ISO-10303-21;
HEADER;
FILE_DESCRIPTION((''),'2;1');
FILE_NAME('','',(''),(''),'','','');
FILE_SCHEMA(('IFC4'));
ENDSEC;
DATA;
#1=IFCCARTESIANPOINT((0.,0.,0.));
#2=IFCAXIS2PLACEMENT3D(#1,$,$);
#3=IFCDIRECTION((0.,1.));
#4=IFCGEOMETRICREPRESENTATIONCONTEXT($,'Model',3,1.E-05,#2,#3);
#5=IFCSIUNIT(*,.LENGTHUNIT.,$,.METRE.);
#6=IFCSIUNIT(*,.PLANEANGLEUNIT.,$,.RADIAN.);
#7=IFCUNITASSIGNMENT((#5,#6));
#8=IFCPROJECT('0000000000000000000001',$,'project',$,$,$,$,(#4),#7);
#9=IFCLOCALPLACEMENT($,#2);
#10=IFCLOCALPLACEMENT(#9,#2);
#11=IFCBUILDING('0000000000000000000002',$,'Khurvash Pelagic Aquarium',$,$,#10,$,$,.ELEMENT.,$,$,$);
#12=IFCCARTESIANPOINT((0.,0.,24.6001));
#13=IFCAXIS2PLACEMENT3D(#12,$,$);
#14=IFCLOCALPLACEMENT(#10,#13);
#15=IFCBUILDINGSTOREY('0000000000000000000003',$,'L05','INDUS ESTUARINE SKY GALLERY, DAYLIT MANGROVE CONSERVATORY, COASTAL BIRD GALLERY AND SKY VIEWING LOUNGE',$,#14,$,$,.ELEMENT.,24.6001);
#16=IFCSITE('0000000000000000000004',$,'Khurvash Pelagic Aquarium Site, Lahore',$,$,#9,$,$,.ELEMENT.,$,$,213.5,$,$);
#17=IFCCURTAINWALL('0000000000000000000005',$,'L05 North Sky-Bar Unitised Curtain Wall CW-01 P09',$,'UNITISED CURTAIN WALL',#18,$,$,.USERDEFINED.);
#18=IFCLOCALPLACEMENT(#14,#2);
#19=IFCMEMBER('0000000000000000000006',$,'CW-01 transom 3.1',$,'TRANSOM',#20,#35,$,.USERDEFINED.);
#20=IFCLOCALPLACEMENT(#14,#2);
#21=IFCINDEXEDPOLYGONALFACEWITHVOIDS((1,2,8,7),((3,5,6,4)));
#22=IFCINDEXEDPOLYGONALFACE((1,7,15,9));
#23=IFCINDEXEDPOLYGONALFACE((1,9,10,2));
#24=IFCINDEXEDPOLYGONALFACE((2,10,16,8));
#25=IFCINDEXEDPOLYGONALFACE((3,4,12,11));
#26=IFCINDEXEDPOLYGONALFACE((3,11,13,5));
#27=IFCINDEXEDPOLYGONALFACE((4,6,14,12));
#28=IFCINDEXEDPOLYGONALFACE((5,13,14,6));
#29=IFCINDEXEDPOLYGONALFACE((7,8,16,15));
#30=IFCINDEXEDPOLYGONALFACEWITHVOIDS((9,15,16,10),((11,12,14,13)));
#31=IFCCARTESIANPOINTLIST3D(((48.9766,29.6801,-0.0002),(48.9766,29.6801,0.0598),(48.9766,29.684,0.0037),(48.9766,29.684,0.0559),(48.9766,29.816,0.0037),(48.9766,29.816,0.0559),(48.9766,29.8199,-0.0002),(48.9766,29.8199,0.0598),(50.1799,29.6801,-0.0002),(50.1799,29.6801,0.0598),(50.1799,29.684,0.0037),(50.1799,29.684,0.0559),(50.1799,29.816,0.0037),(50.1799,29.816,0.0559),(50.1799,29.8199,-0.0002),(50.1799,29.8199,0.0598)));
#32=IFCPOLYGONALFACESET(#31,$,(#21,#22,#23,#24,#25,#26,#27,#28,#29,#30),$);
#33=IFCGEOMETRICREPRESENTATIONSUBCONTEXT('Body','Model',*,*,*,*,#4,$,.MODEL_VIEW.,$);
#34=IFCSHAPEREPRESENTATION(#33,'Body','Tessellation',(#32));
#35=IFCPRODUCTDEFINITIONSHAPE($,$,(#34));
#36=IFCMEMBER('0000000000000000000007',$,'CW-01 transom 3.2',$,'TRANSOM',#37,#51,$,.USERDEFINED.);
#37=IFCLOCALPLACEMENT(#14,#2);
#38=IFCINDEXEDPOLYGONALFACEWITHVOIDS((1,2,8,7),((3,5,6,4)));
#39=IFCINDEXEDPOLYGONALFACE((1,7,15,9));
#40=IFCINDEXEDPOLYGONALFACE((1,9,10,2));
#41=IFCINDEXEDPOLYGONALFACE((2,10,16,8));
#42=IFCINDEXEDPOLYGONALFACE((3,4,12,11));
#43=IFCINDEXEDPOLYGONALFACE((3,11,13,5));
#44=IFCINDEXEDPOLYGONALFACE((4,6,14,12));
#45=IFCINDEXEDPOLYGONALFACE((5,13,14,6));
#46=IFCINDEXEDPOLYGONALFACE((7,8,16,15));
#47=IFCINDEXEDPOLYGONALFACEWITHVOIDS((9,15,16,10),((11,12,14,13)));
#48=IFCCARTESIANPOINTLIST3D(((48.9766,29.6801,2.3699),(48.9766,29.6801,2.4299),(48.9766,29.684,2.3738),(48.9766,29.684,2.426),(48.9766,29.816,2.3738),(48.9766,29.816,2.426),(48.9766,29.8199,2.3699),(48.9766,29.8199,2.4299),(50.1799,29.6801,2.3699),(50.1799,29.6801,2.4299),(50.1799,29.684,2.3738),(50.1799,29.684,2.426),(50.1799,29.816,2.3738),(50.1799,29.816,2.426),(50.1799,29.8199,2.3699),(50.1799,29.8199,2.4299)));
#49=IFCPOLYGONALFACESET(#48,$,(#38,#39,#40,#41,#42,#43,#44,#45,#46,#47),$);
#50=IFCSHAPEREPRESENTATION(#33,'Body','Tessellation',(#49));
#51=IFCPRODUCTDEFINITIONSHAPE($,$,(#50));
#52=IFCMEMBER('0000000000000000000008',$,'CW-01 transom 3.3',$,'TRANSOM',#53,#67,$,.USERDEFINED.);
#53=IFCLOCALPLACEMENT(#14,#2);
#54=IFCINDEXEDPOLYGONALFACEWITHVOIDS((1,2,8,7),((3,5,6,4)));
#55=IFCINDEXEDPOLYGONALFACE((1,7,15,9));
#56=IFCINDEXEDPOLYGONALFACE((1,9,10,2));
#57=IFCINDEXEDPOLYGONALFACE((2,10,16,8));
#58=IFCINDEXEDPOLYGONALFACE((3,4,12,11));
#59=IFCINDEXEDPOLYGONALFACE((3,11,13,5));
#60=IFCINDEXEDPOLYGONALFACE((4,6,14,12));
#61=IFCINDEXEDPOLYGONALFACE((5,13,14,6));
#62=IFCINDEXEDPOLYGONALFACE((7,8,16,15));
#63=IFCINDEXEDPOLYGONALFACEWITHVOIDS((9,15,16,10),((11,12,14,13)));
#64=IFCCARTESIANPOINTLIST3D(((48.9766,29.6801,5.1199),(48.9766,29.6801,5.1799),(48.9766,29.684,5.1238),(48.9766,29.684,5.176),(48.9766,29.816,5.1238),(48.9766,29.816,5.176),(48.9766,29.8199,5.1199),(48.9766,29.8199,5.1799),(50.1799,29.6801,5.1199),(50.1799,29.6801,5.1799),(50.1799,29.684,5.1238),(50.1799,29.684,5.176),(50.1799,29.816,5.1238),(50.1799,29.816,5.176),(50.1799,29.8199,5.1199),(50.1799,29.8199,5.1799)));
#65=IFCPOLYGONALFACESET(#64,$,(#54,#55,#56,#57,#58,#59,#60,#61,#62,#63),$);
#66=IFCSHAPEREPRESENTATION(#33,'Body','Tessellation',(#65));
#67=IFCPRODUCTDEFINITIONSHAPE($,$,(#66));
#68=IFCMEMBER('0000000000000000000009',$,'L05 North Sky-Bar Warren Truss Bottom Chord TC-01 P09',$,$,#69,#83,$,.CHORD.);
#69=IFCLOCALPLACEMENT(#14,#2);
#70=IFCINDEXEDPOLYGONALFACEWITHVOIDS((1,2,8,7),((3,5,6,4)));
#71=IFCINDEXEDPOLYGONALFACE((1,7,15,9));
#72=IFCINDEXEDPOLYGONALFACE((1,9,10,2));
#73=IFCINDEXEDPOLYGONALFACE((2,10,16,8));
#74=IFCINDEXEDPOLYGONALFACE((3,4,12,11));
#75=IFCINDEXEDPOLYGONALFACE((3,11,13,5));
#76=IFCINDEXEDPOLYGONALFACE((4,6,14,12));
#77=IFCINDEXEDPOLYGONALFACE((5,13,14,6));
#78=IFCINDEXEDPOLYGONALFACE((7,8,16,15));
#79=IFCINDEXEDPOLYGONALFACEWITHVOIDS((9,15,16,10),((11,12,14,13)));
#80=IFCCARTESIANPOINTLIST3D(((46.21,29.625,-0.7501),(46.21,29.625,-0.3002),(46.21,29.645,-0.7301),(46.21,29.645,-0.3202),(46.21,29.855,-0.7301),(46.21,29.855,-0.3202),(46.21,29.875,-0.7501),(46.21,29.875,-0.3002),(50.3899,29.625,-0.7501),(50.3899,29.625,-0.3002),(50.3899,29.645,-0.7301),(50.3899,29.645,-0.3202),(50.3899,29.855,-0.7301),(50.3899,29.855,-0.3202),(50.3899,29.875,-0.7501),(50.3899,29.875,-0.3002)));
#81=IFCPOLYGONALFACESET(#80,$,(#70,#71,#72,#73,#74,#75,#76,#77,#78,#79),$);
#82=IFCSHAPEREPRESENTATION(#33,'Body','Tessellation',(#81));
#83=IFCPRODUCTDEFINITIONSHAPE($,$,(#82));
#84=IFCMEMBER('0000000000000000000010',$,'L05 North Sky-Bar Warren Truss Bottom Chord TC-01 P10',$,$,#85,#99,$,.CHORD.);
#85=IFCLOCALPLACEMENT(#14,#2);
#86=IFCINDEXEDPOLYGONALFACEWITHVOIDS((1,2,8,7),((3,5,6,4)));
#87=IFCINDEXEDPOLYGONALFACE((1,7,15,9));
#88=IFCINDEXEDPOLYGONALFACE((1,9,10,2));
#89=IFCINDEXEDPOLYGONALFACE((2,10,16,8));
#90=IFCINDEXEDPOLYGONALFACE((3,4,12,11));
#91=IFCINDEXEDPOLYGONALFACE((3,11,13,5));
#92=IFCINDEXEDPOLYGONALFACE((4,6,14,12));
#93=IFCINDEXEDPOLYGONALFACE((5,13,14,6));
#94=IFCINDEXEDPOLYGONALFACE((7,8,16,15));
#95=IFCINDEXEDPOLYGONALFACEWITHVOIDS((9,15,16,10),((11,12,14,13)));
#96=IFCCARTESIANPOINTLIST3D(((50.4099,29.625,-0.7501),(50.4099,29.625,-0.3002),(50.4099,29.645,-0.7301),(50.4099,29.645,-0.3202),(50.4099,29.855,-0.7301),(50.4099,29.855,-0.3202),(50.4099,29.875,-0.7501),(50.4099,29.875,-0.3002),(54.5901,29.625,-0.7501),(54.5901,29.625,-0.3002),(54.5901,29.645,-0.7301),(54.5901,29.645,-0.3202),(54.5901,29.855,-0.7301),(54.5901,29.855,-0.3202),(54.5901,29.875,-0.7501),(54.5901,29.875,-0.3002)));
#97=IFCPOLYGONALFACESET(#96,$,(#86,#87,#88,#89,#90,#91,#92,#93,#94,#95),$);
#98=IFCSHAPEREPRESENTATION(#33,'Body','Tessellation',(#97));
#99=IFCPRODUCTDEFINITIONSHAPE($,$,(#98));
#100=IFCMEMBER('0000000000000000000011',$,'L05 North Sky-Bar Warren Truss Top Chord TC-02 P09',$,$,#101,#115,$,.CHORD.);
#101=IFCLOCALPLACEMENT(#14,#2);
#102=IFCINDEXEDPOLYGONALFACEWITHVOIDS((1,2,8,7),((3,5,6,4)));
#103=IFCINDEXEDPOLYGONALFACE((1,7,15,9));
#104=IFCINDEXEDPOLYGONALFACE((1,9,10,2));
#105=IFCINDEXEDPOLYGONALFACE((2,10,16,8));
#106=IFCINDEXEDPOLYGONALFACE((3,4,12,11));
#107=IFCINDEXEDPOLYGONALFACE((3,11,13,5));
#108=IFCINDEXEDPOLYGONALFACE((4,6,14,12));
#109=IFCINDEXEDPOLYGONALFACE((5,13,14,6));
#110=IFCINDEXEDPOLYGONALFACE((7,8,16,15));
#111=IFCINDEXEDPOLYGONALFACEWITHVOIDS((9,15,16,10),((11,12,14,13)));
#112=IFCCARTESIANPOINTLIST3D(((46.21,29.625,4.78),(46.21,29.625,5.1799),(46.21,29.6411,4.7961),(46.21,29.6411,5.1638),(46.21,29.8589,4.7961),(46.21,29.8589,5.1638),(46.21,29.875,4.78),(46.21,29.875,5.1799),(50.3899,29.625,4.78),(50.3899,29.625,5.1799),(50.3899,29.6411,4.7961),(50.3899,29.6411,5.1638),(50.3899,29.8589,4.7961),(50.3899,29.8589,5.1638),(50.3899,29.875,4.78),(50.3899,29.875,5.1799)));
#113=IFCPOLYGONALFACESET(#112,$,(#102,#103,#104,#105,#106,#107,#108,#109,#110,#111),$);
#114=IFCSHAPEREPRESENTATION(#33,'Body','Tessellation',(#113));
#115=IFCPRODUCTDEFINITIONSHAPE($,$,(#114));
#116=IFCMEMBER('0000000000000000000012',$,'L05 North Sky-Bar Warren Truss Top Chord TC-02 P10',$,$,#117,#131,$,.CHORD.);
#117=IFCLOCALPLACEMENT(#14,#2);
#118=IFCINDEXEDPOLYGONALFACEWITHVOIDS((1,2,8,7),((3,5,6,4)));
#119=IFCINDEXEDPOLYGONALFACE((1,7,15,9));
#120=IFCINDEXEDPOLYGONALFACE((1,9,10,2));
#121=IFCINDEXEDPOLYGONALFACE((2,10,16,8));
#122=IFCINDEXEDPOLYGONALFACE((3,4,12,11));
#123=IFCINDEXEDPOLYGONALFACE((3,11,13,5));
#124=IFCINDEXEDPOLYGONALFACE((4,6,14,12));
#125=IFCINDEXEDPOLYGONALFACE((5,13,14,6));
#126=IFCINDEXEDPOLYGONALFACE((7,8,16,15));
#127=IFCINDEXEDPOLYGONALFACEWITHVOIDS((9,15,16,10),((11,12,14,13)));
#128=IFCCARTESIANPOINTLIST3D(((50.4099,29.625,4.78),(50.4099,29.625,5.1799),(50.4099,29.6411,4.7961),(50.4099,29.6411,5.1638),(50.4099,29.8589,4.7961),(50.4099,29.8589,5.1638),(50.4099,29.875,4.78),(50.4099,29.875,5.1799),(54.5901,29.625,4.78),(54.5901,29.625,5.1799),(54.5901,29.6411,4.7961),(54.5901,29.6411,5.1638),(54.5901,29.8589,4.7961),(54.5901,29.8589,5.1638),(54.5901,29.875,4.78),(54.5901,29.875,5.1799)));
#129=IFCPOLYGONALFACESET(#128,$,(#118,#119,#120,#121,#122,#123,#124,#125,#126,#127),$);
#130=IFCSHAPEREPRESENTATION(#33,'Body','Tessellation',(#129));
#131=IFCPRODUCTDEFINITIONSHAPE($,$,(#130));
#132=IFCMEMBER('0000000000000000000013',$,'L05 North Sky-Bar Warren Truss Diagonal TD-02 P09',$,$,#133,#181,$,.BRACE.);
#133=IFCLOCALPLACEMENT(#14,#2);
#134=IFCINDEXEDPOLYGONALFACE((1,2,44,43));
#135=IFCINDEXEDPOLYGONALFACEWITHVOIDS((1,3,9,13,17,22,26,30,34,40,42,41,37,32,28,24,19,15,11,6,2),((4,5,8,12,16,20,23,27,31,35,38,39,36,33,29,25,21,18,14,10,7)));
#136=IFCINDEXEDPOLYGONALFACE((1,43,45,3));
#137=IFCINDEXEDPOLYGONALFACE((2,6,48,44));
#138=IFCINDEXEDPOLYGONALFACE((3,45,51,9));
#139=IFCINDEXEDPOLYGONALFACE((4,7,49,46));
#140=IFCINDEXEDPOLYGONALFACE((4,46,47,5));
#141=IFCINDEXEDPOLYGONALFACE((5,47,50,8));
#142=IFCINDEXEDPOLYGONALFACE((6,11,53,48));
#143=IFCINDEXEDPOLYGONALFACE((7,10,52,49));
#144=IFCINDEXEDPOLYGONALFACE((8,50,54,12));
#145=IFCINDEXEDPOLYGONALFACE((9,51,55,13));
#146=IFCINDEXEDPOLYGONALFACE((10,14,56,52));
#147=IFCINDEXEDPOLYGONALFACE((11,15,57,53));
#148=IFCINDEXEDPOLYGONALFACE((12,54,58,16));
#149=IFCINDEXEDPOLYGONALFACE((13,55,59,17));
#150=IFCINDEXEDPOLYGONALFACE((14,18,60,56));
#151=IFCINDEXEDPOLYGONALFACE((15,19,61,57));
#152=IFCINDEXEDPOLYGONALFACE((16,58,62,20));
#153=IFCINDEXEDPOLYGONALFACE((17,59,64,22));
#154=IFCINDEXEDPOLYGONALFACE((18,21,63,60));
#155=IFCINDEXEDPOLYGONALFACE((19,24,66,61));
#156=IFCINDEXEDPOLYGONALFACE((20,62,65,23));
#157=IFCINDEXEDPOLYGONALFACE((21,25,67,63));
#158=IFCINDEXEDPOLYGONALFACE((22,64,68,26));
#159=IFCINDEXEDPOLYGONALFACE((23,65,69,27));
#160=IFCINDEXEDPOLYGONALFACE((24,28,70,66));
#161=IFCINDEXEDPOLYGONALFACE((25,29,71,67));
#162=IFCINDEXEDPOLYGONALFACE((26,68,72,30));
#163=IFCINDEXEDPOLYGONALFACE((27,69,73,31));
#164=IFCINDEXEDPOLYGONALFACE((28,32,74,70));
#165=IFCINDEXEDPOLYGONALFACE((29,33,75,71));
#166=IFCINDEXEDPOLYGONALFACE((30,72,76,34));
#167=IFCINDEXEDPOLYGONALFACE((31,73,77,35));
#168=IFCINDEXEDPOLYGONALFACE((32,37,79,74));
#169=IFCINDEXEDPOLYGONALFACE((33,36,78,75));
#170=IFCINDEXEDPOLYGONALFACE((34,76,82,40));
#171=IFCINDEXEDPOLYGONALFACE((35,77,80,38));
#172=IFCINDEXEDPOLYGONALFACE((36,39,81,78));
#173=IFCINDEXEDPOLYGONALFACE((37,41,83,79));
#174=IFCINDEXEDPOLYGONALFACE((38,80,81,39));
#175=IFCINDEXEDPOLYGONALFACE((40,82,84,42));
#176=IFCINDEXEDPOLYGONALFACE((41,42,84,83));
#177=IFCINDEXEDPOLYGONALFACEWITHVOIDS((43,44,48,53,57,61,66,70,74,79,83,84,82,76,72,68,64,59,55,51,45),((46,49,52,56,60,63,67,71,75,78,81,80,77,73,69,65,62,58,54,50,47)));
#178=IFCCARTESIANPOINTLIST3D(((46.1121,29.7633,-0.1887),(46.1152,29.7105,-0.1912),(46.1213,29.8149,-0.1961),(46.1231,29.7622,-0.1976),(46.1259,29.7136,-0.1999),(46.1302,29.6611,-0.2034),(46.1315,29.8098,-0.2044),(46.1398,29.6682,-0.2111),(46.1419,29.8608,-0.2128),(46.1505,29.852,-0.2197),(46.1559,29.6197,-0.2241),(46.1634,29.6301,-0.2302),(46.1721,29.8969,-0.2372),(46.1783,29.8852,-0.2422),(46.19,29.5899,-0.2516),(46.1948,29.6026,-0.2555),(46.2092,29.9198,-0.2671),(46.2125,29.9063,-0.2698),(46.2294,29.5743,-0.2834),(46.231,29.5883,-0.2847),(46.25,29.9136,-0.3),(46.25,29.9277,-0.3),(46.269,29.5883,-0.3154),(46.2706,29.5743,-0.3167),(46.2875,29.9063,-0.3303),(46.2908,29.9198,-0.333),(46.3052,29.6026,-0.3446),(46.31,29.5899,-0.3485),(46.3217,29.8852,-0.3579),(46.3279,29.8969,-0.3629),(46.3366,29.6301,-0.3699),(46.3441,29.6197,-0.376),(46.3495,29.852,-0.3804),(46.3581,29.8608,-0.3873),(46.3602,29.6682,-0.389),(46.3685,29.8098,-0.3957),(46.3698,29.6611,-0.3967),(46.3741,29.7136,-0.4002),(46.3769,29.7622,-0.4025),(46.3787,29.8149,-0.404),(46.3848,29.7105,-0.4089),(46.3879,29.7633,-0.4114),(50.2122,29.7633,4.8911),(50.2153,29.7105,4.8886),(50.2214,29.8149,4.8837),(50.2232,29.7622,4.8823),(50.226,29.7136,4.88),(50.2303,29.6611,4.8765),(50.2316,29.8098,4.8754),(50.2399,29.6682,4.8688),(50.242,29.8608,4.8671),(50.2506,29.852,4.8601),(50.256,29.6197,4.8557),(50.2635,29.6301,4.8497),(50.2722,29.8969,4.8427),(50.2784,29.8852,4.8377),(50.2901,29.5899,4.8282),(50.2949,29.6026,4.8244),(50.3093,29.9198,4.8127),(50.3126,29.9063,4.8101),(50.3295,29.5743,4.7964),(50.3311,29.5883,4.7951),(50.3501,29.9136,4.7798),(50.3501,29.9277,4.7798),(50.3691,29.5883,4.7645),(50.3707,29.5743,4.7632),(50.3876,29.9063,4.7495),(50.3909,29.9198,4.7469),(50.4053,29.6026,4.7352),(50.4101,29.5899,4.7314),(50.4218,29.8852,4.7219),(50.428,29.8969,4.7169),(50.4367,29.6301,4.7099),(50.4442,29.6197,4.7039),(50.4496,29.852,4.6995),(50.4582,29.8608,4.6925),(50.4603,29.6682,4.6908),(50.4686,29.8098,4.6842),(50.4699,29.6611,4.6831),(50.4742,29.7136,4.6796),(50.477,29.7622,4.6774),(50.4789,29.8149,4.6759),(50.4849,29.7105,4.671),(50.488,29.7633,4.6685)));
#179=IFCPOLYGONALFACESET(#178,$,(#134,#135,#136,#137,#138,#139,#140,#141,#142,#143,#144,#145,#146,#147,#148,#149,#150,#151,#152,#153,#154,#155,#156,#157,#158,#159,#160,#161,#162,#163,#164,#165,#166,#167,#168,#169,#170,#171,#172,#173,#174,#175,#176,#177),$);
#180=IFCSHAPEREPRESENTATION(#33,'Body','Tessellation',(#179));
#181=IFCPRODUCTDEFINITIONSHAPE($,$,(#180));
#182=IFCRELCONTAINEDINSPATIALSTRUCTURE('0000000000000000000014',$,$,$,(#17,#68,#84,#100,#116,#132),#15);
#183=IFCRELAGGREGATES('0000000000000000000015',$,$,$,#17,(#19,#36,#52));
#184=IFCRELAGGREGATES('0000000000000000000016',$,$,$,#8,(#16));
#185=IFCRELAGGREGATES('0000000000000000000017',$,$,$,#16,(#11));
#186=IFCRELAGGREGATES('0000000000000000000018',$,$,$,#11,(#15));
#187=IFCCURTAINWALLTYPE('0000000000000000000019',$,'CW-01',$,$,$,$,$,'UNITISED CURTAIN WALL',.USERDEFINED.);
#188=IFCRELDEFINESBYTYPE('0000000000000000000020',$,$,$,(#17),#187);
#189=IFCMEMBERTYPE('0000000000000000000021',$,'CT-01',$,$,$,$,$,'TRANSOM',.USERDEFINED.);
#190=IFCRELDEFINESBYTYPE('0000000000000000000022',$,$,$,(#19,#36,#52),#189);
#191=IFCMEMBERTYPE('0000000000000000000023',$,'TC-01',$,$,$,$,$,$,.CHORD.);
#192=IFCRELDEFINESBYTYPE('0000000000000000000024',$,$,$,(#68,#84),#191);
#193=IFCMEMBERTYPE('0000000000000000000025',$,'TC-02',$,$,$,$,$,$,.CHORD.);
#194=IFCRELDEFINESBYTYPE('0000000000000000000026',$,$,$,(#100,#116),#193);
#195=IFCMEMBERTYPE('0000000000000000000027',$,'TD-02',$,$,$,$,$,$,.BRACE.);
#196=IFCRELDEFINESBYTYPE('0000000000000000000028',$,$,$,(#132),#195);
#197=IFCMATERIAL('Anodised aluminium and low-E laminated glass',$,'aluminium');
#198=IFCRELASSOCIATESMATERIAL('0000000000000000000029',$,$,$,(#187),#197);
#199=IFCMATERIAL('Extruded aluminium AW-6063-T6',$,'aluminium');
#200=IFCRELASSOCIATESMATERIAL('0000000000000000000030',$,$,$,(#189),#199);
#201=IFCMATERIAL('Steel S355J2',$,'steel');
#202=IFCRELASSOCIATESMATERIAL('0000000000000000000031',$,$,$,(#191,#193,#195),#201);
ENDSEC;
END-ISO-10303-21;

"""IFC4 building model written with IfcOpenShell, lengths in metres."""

from ifc_helpers import new_model, si_unit, direction, frame, origin, origin_2d, place, context, subcontext, project, spatial, hollow_rectangle, hollow_circle, extrude, material, material_profile, profile_set, type_object, element, aggregate, save


model = new_model("IFC4")

# Units and contexts
model_context = context("Model", 3, precision=1e-05, world=origin(), true_north=direction((0.0, 1.0)))
body_context = subcontext(model_context, "Body", "Model", "MODEL_VIEW")
ifc_project = project(units=[si_unit("LENGTHUNIT", "METRE"), si_unit("PLANEANGLEUNIT", "RADIAN")], contexts=[model_context])

# Site, building, storey
site_placement = place(None, origin())
site = spatial("IfcSite", under=ifc_project, at=site_placement, Name="Khurvash Pelagic Aquarium Site, Lahore", CompositionType="ELEMENT", RefElevation=213.5)
building_placement = place(site_placement, origin())
building = spatial("IfcBuilding", under=site, at=building_placement, Name="Khurvash Pelagic Aquarium", CompositionType="ELEMENT")
storey_placement = place(building_placement, frame((0.0, 0.0, 24.6001)))
storey = spatial("IfcBuildingStorey", under=building, at=storey_placement, Name="L05", Description="INDUS ESTUARINE SKY GALLERY, DAYLIT MANGROVE CONSERVATORY, COASTAL BIRD GALLERY AND SKY VIEWING LOUNGE", CompositionType="ELEMENT", Elevation=24.6001)

# Shared definitions
ifc_material_1 = material(Name="Anodised aluminium and low-E laminated glass", Category="aluminium")
curtain_wall_type = type_object("IfcCurtainWallType", Name="CW-01", ElementType="UNITISED CURTAIN WALL", PredefinedType="USERDEFINED", material=ifc_material_1)
ifc_material_2 = material(Name="Extruded aluminium AW-6063-T6", Category="aluminium")

# Curtain wall, members
curtain_wall_1_placement = place(storey_placement, origin())
curtain_wall_1 = element("IfcCurtainWall", 1, at=curtain_wall_1_placement, inside=storey, type_object=curtain_wall_type, Name="L05 North Sky-Bar Unitised Curtain Wall CW-01 P09", ObjectType="UNITISED CURTAIN WALL", PredefinedType="USERDEFINED")
ifc_material_profile_1 = material_profile(ifc_material_2, hollow_rectangle(XDim=0.1399, YDim=0.0601, WallThickness=0.0039, at=origin_2d()), Name="CWT140X60X4")
ifc_profile_set_1 = profile_set([ifc_material_profile_1], Name="Extruded aluminium AW-6063-T6")
member_type_1 = type_object("IfcMemberType", Name="CT-01", ElementType="TRANSOM", PredefinedType="USERDEFINED", material=ifc_profile_set_1)
member_1_placement = place(storey_placement, frame((48.9766, 29.75, 0.0298), z_axis=(1.0, 0.0, 0.0), x_axis=(0.0, 1.0, 0.0)))
member_1 = element("IfcMember", 2, at=member_1_placement, type_object=member_type_1, Name="CW-01 transom 3.1", ObjectType="TRANSOM", PredefinedType="USERDEFINED", context=body_context, shape_type="SweptSolid", body=[
    extrude(hollow_rectangle(XDim=0.1399, YDim=0.0601, WallThickness=0.0039, at=origin_2d()), origin(), (0.0, 0.0, 1.0), 1.2034),
])
member_2_placement = place(storey_placement, frame((48.9766, 29.75, 2.3999), z_axis=(1.0, 0.0, 0.0), x_axis=(0.0, 1.0, 0.0)))
member_2 = element("IfcMember", 3, at=member_2_placement, type_object=member_type_1, Name="CW-01 transom 3.2", ObjectType="TRANSOM", PredefinedType="USERDEFINED", context=body_context, shape_type="SweptSolid", body=[
    extrude(hollow_rectangle(XDim=0.1399, YDim=0.0601, WallThickness=0.0039, at=origin_2d()), origin(), (0.0, 0.0, 1.0), 1.2034),
])
member_3_placement = place(storey_placement, frame((48.9766, 29.75, 5.1499), z_axis=(1.0, 0.0, 0.0), x_axis=(0.0, 1.0, 0.0)))
member_3 = element("IfcMember", 4, at=member_3_placement, type_object=member_type_1, Name="CW-01 transom 3.3", ObjectType="TRANSOM", PredefinedType="USERDEFINED", context=body_context, shape_type="SweptSolid", body=[
    extrude(hollow_rectangle(XDim=0.1399, YDim=0.0601, WallThickness=0.0039, at=origin_2d()), origin(), (0.0, 0.0, 1.0), 1.2034),
])

# Members
ifc_material_3 = material(Name="Steel S355J2", Category="steel")
ifc_material_profile_2 = material_profile(ifc_material_3, hollow_rectangle(XDim=0.25, YDim=0.45, WallThickness=0.02, at=origin_2d()), Name="RHS450X250X20")
ifc_profile_set_2 = profile_set([ifc_material_profile_2], Name="Steel S355J2")
member_type_2 = type_object("IfcMemberType", Name="TC-01", PredefinedType="CHORD", material=ifc_profile_set_2)
member_4_placement = place(storey_placement, frame((46.21, 29.75, -0.5251), z_axis=(1.0, 0.0, 0.0), x_axis=(0.0, 1.0, 0.0)))
element("IfcMember", 5, at=member_4_placement, inside=storey, type_object=member_type_2, Name="L05 North Sky-Bar Warren Truss Bottom Chord TC-01 P09", PredefinedType="CHORD", context=body_context, shape_type="SweptSolid", body=[
    extrude(hollow_rectangle(XDim=0.25, YDim=0.45, WallThickness=0.02, at=origin_2d()), origin(), (0.0, 0.0, 1.0), 4.1799),
])
member_5_placement = place(storey_placement, frame((50.4099, 29.75, -0.5251), z_axis=(1.0, 0.0, 0.0), x_axis=(0.0, 1.0, 0.0)))
element("IfcMember", 6, at=member_5_placement, inside=storey, type_object=member_type_2, Name="L05 North Sky-Bar Warren Truss Bottom Chord TC-01 P10", PredefinedType="CHORD", context=body_context, shape_type="SweptSolid", body=[
    extrude(hollow_rectangle(XDim=0.25, YDim=0.45, WallThickness=0.02, at=origin_2d()), origin(), (0.0, 0.0, 1.0), 4.1802),
])
ifc_material_profile_3 = material_profile(ifc_material_3, hollow_rectangle(XDim=0.25, YDim=0.3999, WallThickness=0.0161, at=origin_2d()), Name="RHS400X250X16")
ifc_profile_set_3 = profile_set([ifc_material_profile_3], Name="Steel S355J2")
member_type_3 = type_object("IfcMemberType", Name="TC-02", PredefinedType="CHORD", material=ifc_profile_set_3)
member_6_placement = place(storey_placement, frame((46.21, 29.75, 4.98), z_axis=(1.0, 0.0, 0.0), x_axis=(0.0, 1.0, 0.0)))
element("IfcMember", 7, at=member_6_placement, inside=storey, type_object=member_type_3, Name="L05 North Sky-Bar Warren Truss Top Chord TC-02 P09", PredefinedType="CHORD", context=body_context, shape_type="SweptSolid", body=[
    extrude(hollow_rectangle(XDim=0.25, YDim=0.3999, WallThickness=0.0161, at=origin_2d()), origin(), (0.0, 0.0, 1.0), 4.1799),
])
member_7_placement = place(storey_placement, frame((50.4099, 29.75, 4.98), z_axis=(1.0, 0.0, 0.0), x_axis=(0.0, 1.0, 0.0)))
element("IfcMember", 8, at=member_7_placement, inside=storey, type_object=member_type_3, Name="L05 North Sky-Bar Warren Truss Top Chord TC-02 P10", PredefinedType="CHORD", context=body_context, shape_type="SweptSolid", body=[
    extrude(hollow_rectangle(XDim=0.25, YDim=0.3999, WallThickness=0.0161, at=origin_2d()), origin(), (0.0, 0.0, 1.0), 4.1802),
])
ifc_material_profile_4 = material_profile(ifc_material_3, hollow_circle(Radius=0.1777, WallThickness=0.0142, at=origin_2d()), Name="CHS355X14")
ifc_profile_set_4 = profile_set([ifc_material_profile_4], Name="Steel S355J2")
member_type_4 = type_object("IfcMemberType", Name="TD-02", PredefinedType="BRACE", material=ifc_profile_set_4)
member_8_placement = place(storey_placement, frame((46.25, 29.75, -0.3), z_axis=(0.628073, 0.0, 0.778154), x_axis=(0.0, 1.0, 0.0)))
element("IfcMember", 9, at=member_8_placement, inside=storey, type_object=member_type_4, Name="L05 North Sky-Bar Warren Truss Diagonal TD-02 P09", PredefinedType="BRACE", context=body_context, shape_type="SweptSolid", body=[
    extrude(hollow_circle(Radius=0.1777, WallThickness=0.0142, at=origin_2d()), origin(), (0.0, 0.0, 1.0), 6.5281),
])

aggregate(curtain_wall_1, [member_1, member_2, member_3])

save(model, "model.ifc")
